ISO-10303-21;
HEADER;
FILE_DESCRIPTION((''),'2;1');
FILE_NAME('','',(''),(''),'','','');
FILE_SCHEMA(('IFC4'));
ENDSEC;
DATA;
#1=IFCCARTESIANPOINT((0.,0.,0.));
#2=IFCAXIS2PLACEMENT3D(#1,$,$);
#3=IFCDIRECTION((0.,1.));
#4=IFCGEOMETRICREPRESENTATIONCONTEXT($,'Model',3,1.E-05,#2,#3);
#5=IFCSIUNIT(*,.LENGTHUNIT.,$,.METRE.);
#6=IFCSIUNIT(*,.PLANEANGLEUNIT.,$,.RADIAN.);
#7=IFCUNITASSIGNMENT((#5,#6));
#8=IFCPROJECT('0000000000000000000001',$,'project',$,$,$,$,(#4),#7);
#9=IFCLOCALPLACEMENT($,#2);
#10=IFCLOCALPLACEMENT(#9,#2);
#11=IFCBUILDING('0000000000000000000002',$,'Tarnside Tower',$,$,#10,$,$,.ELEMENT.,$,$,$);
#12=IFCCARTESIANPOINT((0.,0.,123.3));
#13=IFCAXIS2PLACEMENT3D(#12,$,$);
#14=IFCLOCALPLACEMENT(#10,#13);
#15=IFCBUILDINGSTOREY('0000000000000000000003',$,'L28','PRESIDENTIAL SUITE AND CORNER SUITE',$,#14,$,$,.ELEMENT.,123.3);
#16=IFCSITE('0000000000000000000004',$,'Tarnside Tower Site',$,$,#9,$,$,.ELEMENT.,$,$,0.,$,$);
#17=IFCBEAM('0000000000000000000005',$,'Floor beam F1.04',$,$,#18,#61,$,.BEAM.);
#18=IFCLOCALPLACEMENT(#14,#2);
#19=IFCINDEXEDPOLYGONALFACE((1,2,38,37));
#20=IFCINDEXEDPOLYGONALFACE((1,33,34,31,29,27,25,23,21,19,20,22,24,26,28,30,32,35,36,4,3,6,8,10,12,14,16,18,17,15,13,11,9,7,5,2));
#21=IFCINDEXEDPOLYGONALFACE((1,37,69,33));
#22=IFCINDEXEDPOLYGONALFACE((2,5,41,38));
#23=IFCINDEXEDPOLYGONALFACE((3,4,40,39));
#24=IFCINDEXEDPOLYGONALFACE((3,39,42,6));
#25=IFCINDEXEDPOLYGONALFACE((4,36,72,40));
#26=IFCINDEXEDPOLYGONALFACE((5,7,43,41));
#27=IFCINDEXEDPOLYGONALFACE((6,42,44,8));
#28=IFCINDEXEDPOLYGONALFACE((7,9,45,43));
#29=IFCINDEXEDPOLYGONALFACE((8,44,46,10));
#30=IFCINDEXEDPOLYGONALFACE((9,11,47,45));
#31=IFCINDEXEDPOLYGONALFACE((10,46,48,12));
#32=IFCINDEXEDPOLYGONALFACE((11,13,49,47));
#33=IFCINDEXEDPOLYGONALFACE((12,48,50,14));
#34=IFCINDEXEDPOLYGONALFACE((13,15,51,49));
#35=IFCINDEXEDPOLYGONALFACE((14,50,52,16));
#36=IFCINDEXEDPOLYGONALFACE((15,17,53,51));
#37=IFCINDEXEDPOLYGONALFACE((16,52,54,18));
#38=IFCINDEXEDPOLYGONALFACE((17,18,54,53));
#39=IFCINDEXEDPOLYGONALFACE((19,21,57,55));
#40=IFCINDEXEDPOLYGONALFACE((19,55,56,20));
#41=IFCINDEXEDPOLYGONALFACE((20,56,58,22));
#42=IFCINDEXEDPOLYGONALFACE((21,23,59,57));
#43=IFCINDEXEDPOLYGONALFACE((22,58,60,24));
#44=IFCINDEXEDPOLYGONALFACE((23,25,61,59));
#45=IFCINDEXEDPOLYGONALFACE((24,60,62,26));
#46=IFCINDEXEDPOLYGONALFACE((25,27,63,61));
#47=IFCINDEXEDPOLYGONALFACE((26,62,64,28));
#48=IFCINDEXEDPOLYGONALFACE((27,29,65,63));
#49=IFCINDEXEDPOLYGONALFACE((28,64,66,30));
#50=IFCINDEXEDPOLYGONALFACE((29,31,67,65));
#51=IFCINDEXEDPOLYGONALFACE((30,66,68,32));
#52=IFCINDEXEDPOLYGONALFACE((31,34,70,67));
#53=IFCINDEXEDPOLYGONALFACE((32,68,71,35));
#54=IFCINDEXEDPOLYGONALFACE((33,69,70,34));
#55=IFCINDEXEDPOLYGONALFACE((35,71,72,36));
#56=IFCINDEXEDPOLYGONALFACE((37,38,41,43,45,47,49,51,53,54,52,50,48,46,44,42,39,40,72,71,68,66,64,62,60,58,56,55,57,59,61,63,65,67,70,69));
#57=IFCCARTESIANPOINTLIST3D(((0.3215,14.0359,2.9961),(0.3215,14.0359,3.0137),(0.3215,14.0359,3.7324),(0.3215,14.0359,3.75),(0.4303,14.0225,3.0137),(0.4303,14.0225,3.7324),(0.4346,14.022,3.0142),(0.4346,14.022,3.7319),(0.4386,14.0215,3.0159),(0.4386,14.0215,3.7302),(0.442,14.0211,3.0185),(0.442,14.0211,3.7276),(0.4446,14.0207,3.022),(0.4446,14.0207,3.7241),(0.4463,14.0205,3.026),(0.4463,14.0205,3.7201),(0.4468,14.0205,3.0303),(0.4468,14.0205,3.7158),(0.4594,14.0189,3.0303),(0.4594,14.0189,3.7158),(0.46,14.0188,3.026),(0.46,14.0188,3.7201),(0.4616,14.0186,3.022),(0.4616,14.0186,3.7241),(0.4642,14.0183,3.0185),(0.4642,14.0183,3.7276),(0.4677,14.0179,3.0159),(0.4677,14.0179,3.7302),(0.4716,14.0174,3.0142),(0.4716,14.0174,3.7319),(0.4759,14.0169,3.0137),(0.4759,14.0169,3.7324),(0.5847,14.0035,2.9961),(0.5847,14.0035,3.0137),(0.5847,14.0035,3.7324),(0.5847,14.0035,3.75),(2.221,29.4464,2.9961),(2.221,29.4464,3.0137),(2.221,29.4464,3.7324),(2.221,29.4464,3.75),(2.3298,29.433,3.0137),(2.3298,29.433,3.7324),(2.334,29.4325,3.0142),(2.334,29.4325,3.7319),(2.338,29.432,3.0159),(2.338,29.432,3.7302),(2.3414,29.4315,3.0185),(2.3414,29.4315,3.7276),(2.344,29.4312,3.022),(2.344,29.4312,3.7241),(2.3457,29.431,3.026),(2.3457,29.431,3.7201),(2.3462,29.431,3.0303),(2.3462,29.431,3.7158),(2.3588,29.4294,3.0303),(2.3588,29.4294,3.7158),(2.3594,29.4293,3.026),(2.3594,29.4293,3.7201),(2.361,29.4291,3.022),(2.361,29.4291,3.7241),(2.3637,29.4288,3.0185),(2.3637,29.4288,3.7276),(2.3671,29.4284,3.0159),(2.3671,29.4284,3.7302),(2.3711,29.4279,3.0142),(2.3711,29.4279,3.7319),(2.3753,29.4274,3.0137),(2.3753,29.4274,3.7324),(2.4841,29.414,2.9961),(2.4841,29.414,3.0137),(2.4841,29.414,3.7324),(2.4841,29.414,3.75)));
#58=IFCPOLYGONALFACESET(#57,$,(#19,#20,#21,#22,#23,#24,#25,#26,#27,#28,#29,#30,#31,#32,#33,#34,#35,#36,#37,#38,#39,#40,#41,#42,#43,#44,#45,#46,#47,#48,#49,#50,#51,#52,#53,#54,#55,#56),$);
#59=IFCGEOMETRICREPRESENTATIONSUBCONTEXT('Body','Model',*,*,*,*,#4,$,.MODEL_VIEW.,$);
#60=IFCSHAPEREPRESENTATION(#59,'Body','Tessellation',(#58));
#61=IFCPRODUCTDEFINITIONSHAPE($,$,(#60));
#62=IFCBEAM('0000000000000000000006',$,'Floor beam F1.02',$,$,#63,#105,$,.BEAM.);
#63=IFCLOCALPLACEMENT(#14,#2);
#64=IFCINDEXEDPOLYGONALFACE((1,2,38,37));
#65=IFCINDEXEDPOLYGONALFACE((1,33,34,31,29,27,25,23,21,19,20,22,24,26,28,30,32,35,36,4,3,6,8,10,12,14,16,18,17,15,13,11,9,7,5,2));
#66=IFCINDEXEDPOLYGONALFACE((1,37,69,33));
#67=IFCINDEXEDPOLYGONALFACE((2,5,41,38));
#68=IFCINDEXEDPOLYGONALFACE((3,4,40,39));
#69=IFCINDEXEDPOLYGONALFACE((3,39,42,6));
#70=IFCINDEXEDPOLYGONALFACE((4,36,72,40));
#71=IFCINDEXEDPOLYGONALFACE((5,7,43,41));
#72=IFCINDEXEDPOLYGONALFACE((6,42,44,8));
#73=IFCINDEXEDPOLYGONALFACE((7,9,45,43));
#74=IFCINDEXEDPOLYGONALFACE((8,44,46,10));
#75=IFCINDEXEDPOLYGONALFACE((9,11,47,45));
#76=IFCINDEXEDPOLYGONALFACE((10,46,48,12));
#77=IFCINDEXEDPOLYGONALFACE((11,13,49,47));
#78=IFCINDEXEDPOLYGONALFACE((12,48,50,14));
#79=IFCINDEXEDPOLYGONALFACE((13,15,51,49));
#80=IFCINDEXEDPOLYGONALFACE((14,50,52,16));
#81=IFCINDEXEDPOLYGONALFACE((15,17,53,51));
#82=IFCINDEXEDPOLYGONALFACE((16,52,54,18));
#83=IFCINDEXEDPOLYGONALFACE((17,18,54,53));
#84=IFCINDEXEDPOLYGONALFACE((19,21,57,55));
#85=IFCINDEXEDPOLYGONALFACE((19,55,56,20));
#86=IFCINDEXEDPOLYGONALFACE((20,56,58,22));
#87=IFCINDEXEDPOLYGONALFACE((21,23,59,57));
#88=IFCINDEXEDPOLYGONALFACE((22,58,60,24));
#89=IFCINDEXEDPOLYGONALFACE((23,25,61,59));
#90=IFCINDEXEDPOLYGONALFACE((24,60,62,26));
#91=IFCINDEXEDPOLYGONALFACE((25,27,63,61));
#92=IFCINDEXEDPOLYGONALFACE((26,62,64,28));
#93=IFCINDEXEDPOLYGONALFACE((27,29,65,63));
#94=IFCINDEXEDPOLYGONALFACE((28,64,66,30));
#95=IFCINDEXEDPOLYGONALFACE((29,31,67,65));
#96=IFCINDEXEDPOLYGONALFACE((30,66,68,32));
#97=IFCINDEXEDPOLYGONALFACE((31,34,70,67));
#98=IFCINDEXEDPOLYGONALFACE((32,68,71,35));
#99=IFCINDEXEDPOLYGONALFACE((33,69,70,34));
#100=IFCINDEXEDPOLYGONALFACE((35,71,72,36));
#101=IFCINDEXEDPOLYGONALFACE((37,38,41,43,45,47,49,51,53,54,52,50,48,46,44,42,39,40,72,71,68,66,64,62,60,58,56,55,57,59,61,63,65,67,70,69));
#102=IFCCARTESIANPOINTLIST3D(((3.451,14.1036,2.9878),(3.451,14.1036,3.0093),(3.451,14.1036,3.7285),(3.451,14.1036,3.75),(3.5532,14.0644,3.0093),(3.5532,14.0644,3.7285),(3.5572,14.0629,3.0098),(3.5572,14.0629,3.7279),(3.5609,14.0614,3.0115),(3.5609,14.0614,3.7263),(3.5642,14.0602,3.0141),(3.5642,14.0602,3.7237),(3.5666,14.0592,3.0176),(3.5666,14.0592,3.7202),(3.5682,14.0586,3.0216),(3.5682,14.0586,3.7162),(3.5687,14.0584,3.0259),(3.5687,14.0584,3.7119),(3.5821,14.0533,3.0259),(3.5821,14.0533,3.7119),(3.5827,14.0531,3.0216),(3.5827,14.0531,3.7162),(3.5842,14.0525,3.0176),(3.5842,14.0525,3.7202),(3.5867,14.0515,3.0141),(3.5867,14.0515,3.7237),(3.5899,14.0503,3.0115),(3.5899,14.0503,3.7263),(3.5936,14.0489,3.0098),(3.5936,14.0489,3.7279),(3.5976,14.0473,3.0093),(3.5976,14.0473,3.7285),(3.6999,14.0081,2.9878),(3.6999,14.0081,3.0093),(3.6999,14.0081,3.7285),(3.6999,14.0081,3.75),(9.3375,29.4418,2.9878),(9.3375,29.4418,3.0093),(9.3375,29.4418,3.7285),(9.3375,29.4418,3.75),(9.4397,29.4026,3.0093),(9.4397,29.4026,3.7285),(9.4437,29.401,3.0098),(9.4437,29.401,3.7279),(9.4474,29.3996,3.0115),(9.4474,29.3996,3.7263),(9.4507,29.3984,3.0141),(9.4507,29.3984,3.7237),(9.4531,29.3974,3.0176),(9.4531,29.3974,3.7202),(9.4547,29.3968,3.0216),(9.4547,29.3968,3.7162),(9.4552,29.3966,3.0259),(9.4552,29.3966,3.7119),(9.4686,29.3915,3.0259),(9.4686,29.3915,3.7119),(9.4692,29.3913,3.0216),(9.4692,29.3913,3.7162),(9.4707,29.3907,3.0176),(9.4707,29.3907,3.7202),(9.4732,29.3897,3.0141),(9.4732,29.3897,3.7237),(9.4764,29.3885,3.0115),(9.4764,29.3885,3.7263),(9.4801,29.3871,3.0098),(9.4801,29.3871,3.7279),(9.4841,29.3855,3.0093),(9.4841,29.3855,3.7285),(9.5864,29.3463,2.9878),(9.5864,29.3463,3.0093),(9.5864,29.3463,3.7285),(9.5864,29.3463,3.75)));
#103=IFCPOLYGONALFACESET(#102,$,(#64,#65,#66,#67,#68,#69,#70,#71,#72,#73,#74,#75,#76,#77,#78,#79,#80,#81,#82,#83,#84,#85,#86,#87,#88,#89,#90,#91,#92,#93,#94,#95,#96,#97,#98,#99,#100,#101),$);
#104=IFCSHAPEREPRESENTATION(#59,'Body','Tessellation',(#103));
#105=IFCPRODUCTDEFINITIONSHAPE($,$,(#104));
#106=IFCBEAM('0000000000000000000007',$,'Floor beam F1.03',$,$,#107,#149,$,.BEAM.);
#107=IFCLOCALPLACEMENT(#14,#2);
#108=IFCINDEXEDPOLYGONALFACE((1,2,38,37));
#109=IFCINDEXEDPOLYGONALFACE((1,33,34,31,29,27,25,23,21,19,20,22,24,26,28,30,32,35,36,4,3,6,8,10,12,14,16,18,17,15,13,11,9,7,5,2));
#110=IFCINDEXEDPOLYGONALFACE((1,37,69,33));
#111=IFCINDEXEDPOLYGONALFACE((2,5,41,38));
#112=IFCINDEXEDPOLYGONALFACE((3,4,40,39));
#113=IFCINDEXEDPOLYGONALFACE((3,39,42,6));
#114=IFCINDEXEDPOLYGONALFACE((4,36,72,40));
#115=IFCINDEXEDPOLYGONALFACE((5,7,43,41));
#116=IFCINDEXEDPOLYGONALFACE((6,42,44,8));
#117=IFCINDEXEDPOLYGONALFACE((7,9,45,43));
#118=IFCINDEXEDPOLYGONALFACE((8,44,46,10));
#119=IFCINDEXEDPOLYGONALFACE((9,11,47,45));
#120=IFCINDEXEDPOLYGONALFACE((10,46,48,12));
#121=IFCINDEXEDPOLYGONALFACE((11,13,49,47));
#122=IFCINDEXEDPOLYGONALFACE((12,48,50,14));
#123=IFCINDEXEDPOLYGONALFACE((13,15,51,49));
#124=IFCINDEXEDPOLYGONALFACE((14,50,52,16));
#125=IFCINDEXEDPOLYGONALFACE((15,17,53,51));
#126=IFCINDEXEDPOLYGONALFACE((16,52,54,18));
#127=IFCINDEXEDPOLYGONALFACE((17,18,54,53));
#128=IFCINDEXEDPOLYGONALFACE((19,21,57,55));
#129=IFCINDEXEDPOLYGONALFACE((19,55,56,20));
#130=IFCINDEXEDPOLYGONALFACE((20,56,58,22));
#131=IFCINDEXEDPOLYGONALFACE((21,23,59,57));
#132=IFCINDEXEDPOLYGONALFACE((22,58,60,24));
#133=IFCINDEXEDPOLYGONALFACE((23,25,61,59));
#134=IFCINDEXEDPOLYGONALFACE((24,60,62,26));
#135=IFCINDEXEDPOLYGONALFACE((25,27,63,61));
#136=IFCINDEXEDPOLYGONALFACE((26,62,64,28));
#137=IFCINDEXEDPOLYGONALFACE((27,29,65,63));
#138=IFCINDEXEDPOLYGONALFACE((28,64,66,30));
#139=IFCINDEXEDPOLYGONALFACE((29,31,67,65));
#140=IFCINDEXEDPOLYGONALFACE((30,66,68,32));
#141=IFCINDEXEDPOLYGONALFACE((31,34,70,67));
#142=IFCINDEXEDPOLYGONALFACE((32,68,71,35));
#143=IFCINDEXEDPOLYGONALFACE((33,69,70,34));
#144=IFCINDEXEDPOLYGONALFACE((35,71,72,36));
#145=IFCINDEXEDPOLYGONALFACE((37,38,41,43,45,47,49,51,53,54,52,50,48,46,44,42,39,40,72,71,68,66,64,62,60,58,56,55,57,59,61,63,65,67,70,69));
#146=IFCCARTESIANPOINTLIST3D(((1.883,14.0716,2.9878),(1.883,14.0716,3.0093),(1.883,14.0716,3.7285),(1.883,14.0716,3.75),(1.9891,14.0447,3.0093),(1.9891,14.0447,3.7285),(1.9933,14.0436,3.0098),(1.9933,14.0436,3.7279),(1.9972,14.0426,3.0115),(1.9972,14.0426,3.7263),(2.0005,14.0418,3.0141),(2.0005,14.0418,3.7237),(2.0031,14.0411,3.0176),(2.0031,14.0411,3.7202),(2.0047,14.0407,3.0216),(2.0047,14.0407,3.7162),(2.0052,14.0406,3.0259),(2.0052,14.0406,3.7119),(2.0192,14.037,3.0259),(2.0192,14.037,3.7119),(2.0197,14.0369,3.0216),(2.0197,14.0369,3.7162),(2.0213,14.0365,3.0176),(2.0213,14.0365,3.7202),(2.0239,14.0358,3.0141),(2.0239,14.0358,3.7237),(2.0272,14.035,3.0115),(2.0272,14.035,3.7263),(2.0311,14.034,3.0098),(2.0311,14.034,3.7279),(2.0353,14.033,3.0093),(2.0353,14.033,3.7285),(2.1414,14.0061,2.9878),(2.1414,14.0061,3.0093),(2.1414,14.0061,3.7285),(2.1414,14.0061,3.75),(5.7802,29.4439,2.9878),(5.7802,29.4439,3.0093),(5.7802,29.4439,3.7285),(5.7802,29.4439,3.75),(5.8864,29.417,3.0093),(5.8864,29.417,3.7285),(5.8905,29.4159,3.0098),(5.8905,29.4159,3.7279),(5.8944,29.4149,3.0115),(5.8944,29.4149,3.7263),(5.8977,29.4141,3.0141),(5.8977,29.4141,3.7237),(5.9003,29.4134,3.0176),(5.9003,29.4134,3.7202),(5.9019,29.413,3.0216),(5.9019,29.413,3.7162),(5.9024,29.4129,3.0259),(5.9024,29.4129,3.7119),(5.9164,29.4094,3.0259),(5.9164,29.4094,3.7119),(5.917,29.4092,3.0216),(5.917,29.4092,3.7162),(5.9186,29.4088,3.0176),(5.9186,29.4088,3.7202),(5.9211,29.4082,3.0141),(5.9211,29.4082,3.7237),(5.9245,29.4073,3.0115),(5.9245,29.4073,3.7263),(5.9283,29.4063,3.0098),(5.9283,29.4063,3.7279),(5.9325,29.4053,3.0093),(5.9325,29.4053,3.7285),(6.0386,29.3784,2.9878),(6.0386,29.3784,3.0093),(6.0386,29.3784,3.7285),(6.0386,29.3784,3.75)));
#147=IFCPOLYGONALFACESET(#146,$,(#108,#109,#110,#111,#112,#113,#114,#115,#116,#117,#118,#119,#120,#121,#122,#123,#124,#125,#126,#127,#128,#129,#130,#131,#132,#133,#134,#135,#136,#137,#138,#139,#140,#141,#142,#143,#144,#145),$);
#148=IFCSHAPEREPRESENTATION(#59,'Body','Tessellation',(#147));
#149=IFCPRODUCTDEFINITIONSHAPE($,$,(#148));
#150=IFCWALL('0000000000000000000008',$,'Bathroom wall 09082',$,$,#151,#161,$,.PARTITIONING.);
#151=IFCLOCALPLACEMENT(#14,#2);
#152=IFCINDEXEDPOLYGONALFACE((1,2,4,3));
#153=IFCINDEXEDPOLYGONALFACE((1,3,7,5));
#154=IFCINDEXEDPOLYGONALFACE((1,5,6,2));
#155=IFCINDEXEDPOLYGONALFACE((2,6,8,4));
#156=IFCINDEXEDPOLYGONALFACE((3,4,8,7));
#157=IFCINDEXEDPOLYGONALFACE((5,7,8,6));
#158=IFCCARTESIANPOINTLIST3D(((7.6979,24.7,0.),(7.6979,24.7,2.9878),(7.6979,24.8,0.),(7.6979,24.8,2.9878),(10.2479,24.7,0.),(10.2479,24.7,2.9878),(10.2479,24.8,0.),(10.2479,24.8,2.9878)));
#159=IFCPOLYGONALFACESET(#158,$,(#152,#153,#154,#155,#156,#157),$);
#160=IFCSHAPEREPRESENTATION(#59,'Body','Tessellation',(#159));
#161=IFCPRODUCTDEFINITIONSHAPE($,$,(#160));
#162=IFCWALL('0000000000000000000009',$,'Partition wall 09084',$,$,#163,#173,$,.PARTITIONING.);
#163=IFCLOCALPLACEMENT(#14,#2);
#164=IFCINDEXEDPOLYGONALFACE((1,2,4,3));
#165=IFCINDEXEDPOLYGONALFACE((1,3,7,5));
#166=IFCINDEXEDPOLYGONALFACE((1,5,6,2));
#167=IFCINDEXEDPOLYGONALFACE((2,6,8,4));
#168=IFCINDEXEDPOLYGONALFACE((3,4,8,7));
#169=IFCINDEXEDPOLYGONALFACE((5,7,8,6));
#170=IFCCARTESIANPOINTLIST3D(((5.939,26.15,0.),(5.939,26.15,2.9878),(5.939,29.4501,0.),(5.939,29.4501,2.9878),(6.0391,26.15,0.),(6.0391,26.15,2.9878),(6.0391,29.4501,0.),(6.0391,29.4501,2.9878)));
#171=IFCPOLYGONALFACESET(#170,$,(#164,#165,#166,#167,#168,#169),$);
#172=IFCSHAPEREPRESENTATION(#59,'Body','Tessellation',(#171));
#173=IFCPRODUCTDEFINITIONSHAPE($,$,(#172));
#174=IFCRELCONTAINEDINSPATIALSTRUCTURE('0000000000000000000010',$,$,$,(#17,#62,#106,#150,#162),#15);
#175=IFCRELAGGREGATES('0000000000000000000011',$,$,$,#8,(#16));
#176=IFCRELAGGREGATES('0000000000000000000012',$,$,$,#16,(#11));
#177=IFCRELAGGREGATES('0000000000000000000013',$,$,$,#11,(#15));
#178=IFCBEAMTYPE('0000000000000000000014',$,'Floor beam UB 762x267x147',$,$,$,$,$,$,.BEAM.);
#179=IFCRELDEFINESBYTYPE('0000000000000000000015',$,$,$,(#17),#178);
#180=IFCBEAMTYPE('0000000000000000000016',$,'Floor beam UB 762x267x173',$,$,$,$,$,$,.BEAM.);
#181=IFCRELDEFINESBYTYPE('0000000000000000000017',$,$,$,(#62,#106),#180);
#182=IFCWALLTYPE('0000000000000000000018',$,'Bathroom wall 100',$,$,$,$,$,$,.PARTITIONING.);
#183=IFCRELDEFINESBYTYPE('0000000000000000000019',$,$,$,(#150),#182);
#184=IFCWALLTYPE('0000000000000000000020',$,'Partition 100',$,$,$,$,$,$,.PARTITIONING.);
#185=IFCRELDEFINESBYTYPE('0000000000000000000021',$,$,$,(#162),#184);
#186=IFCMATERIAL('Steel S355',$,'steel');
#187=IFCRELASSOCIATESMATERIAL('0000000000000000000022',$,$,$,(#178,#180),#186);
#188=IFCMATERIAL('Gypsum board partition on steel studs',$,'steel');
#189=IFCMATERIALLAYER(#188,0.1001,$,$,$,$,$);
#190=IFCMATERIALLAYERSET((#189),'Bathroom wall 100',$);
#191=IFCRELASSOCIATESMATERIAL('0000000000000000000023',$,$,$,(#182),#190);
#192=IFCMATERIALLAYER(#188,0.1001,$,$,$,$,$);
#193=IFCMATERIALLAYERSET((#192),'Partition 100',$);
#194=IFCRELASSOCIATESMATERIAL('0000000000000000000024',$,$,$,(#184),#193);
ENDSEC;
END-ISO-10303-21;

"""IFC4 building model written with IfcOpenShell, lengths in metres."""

from ifc_helpers import new_model, si_unit, direction, frame, frame_2d, origin, origin_2d, place, context, subcontext, project, spatial, rectangle, i_section, extrude, material, layer, layer_set, material_profile, profile_set, type_object, element, save


model = new_model("IFC4")

# Units and contexts
model_context = context("Model", 3, precision=1e-05, world=origin(), true_north=direction((0.0, 1.0)))
body_context = subcontext(model_context, "Body", "Model", "MODEL_VIEW")
ifc_project = project(units=[si_unit("LENGTHUNIT", "METRE"), si_unit("PLANEANGLEUNIT", "RADIAN")], contexts=[model_context])

# Site, building, storey
site_placement = place(None, origin())
site = spatial("IfcSite", under=ifc_project, at=site_placement, Name="Tarnside Tower Site", CompositionType="ELEMENT", RefElevation=0.0)
building_placement = place(site_placement, origin())
building = spatial("IfcBuilding", under=site, at=building_placement, Name="Tarnside Tower", CompositionType="ELEMENT")
storey_placement = place(building_placement, frame((0.0, 0.0, 123.3)))
storey = spatial("IfcBuildingStorey", under=building, at=storey_placement, Name="L28", Description="PRESIDENTIAL SUITE AND CORNER SUITE", CompositionType="ELEMENT", Elevation=123.3)

# Beams
ifc_material_1 = material(Name="Steel S355", Category="steel")
ifc_material_profile_1 = material_profile(ifc_material_1, i_section(OverallWidth=0.2651, OverallDepth=0.7539, WebThickness=0.0127, FlangeThickness=0.0176, FilletRadius=0.0166, at=origin_2d()), Name="UB 762x267x147")
ifc_profile_set_1 = profile_set([ifc_material_profile_1], Name="Steel S355")
beam_type_1 = type_object("IfcBeamType", Name="Floor beam UB 762x267x147", PredefinedType="BEAM", material=ifc_profile_set_1)
beam_1_placement = place(storey_placement, frame((2.3525, 29.4302, 3.373), z_axis=(-0.12233, -0.99249, 0.0), x_axis=(0.99249, -0.12233, 0.0)))
element("IfcBeam", 1, at=beam_1_placement, inside=storey, type_object=beam_type_1, Name="Floor beam F1.04", PredefinedType="BEAM", context=body_context, shape_type="SweptSolid", body=[
    extrude(i_section(OverallWidth=0.2651, OverallDepth=0.7539, WebThickness=0.0127, FlangeThickness=0.0176, FilletRadius=0.0166, at=origin_2d()), origin(), (0.0, 0.0, 1.0), 15.5271),
])
ifc_material_profile_2 = material_profile(ifc_material_1, i_section(OverallWidth=0.2666, OverallDepth=0.7622, WebThickness=0.0144, FlangeThickness=0.0215, FilletRadius=0.0166, at=origin_2d()), Name="UB 762x267x173")
ifc_profile_set_2 = profile_set([ifc_material_profile_2], Name="Steel S355")
beam_type_2 = type_object("IfcBeamType", Name="Floor beam UB 762x267x173", PredefinedType="BEAM", material=ifc_profile_set_2)
beam_2_placement = place(storey_placement, frame((9.4619, 29.394, 3.3689), z_axis=(-0.3583, -0.933607, 0.0), x_axis=(0.933607, -0.3583, 0.0)))
element("IfcBeam", 2, at=beam_2_placement, inside=storey, type_object=beam_type_2, Name="Floor beam F1.02", PredefinedType="BEAM", context=body_context, shape_type="SweptSolid", body=[
    extrude(i_section(OverallWidth=0.2666, OverallDepth=0.7622, WebThickness=0.0144, FlangeThickness=0.0215, FilletRadius=0.0166, at=origin_2d()), origin(), (0.0, 0.0, 1.0), 16.429),
])
beam_3_placement = place(storey_placement, frame((5.9094, 29.4111, 3.3689), z_axis=(-0.245747, -0.969334, 0.0), x_axis=(0.969334, -0.245747, 0.0)))
element("IfcBeam", 3, at=beam_3_placement, inside=storey, type_object=beam_type_2, Name="Floor beam F1.03", PredefinedType="BEAM", context=body_context, shape_type="SweptSolid", body=[
    extrude(i_section(OverallWidth=0.2666, OverallDepth=0.7622, WebThickness=0.0144, FlangeThickness=0.0215, FilletRadius=0.0166, at=origin_2d()), origin(), (0.0, 0.0, 1.0), 15.8586),
])

# Walls
ifc_material_2 = material(Name="Gypsum board partition on steel studs", Category="steel")
ifc_layer_1 = layer(ifc_material_2, 0.1001)
ifc_layer_set_1 = layer_set([ifc_layer_1], Name="Bathroom wall 100")
wall_type_1 = type_object("IfcWallType", Name="Bathroom wall 100", PredefinedType="PARTITIONING", material=ifc_layer_set_1)
wall_1_placement = place(storey_placement, frame((7.698, 24.75, 0.0), z_axis=(0.0, 0.0, 1.0), x_axis=(1.0, 0.0, 0.0)))
element("IfcWall", 4, at=wall_1_placement, inside=storey, type_object=wall_type_1, Name="Bathroom wall 09082", PredefinedType="PARTITIONING", context=body_context, shape_type="SweptSolid", body=[
    extrude(rectangle(XDim=2.55, YDim=0.1001, at=frame_2d((1.2749, 0.0))), origin(), (0.0, 0.0, 1.0), 2.9878),
])
ifc_layer_2 = layer(ifc_material_2, 0.1001)
ifc_layer_set_2 = layer_set([ifc_layer_2], Name="Partition 100")
wall_type_2 = type_object("IfcWallType", Name="Partition 100", PredefinedType="PARTITIONING", material=ifc_layer_set_2)
wall_2_placement = place(storey_placement, frame((5.989, 29.45, 0.0), z_axis=(0.0, 0.0, 1.0), x_axis=(0.0, -1.0, 0.0)))
element("IfcWall", 5, at=wall_2_placement, inside=storey, type_object=wall_type_2, Name="Partition wall 09084", PredefinedType="PARTITIONING", context=body_context, shape_type="SweptSolid", body=[
    extrude(rectangle(XDim=3.3, YDim=0.1001, at=frame_2d((1.6499, 0.0))), origin(), (0.0, 0.0, 1.0), 2.9878),
])

save(model, "model.ifc")
